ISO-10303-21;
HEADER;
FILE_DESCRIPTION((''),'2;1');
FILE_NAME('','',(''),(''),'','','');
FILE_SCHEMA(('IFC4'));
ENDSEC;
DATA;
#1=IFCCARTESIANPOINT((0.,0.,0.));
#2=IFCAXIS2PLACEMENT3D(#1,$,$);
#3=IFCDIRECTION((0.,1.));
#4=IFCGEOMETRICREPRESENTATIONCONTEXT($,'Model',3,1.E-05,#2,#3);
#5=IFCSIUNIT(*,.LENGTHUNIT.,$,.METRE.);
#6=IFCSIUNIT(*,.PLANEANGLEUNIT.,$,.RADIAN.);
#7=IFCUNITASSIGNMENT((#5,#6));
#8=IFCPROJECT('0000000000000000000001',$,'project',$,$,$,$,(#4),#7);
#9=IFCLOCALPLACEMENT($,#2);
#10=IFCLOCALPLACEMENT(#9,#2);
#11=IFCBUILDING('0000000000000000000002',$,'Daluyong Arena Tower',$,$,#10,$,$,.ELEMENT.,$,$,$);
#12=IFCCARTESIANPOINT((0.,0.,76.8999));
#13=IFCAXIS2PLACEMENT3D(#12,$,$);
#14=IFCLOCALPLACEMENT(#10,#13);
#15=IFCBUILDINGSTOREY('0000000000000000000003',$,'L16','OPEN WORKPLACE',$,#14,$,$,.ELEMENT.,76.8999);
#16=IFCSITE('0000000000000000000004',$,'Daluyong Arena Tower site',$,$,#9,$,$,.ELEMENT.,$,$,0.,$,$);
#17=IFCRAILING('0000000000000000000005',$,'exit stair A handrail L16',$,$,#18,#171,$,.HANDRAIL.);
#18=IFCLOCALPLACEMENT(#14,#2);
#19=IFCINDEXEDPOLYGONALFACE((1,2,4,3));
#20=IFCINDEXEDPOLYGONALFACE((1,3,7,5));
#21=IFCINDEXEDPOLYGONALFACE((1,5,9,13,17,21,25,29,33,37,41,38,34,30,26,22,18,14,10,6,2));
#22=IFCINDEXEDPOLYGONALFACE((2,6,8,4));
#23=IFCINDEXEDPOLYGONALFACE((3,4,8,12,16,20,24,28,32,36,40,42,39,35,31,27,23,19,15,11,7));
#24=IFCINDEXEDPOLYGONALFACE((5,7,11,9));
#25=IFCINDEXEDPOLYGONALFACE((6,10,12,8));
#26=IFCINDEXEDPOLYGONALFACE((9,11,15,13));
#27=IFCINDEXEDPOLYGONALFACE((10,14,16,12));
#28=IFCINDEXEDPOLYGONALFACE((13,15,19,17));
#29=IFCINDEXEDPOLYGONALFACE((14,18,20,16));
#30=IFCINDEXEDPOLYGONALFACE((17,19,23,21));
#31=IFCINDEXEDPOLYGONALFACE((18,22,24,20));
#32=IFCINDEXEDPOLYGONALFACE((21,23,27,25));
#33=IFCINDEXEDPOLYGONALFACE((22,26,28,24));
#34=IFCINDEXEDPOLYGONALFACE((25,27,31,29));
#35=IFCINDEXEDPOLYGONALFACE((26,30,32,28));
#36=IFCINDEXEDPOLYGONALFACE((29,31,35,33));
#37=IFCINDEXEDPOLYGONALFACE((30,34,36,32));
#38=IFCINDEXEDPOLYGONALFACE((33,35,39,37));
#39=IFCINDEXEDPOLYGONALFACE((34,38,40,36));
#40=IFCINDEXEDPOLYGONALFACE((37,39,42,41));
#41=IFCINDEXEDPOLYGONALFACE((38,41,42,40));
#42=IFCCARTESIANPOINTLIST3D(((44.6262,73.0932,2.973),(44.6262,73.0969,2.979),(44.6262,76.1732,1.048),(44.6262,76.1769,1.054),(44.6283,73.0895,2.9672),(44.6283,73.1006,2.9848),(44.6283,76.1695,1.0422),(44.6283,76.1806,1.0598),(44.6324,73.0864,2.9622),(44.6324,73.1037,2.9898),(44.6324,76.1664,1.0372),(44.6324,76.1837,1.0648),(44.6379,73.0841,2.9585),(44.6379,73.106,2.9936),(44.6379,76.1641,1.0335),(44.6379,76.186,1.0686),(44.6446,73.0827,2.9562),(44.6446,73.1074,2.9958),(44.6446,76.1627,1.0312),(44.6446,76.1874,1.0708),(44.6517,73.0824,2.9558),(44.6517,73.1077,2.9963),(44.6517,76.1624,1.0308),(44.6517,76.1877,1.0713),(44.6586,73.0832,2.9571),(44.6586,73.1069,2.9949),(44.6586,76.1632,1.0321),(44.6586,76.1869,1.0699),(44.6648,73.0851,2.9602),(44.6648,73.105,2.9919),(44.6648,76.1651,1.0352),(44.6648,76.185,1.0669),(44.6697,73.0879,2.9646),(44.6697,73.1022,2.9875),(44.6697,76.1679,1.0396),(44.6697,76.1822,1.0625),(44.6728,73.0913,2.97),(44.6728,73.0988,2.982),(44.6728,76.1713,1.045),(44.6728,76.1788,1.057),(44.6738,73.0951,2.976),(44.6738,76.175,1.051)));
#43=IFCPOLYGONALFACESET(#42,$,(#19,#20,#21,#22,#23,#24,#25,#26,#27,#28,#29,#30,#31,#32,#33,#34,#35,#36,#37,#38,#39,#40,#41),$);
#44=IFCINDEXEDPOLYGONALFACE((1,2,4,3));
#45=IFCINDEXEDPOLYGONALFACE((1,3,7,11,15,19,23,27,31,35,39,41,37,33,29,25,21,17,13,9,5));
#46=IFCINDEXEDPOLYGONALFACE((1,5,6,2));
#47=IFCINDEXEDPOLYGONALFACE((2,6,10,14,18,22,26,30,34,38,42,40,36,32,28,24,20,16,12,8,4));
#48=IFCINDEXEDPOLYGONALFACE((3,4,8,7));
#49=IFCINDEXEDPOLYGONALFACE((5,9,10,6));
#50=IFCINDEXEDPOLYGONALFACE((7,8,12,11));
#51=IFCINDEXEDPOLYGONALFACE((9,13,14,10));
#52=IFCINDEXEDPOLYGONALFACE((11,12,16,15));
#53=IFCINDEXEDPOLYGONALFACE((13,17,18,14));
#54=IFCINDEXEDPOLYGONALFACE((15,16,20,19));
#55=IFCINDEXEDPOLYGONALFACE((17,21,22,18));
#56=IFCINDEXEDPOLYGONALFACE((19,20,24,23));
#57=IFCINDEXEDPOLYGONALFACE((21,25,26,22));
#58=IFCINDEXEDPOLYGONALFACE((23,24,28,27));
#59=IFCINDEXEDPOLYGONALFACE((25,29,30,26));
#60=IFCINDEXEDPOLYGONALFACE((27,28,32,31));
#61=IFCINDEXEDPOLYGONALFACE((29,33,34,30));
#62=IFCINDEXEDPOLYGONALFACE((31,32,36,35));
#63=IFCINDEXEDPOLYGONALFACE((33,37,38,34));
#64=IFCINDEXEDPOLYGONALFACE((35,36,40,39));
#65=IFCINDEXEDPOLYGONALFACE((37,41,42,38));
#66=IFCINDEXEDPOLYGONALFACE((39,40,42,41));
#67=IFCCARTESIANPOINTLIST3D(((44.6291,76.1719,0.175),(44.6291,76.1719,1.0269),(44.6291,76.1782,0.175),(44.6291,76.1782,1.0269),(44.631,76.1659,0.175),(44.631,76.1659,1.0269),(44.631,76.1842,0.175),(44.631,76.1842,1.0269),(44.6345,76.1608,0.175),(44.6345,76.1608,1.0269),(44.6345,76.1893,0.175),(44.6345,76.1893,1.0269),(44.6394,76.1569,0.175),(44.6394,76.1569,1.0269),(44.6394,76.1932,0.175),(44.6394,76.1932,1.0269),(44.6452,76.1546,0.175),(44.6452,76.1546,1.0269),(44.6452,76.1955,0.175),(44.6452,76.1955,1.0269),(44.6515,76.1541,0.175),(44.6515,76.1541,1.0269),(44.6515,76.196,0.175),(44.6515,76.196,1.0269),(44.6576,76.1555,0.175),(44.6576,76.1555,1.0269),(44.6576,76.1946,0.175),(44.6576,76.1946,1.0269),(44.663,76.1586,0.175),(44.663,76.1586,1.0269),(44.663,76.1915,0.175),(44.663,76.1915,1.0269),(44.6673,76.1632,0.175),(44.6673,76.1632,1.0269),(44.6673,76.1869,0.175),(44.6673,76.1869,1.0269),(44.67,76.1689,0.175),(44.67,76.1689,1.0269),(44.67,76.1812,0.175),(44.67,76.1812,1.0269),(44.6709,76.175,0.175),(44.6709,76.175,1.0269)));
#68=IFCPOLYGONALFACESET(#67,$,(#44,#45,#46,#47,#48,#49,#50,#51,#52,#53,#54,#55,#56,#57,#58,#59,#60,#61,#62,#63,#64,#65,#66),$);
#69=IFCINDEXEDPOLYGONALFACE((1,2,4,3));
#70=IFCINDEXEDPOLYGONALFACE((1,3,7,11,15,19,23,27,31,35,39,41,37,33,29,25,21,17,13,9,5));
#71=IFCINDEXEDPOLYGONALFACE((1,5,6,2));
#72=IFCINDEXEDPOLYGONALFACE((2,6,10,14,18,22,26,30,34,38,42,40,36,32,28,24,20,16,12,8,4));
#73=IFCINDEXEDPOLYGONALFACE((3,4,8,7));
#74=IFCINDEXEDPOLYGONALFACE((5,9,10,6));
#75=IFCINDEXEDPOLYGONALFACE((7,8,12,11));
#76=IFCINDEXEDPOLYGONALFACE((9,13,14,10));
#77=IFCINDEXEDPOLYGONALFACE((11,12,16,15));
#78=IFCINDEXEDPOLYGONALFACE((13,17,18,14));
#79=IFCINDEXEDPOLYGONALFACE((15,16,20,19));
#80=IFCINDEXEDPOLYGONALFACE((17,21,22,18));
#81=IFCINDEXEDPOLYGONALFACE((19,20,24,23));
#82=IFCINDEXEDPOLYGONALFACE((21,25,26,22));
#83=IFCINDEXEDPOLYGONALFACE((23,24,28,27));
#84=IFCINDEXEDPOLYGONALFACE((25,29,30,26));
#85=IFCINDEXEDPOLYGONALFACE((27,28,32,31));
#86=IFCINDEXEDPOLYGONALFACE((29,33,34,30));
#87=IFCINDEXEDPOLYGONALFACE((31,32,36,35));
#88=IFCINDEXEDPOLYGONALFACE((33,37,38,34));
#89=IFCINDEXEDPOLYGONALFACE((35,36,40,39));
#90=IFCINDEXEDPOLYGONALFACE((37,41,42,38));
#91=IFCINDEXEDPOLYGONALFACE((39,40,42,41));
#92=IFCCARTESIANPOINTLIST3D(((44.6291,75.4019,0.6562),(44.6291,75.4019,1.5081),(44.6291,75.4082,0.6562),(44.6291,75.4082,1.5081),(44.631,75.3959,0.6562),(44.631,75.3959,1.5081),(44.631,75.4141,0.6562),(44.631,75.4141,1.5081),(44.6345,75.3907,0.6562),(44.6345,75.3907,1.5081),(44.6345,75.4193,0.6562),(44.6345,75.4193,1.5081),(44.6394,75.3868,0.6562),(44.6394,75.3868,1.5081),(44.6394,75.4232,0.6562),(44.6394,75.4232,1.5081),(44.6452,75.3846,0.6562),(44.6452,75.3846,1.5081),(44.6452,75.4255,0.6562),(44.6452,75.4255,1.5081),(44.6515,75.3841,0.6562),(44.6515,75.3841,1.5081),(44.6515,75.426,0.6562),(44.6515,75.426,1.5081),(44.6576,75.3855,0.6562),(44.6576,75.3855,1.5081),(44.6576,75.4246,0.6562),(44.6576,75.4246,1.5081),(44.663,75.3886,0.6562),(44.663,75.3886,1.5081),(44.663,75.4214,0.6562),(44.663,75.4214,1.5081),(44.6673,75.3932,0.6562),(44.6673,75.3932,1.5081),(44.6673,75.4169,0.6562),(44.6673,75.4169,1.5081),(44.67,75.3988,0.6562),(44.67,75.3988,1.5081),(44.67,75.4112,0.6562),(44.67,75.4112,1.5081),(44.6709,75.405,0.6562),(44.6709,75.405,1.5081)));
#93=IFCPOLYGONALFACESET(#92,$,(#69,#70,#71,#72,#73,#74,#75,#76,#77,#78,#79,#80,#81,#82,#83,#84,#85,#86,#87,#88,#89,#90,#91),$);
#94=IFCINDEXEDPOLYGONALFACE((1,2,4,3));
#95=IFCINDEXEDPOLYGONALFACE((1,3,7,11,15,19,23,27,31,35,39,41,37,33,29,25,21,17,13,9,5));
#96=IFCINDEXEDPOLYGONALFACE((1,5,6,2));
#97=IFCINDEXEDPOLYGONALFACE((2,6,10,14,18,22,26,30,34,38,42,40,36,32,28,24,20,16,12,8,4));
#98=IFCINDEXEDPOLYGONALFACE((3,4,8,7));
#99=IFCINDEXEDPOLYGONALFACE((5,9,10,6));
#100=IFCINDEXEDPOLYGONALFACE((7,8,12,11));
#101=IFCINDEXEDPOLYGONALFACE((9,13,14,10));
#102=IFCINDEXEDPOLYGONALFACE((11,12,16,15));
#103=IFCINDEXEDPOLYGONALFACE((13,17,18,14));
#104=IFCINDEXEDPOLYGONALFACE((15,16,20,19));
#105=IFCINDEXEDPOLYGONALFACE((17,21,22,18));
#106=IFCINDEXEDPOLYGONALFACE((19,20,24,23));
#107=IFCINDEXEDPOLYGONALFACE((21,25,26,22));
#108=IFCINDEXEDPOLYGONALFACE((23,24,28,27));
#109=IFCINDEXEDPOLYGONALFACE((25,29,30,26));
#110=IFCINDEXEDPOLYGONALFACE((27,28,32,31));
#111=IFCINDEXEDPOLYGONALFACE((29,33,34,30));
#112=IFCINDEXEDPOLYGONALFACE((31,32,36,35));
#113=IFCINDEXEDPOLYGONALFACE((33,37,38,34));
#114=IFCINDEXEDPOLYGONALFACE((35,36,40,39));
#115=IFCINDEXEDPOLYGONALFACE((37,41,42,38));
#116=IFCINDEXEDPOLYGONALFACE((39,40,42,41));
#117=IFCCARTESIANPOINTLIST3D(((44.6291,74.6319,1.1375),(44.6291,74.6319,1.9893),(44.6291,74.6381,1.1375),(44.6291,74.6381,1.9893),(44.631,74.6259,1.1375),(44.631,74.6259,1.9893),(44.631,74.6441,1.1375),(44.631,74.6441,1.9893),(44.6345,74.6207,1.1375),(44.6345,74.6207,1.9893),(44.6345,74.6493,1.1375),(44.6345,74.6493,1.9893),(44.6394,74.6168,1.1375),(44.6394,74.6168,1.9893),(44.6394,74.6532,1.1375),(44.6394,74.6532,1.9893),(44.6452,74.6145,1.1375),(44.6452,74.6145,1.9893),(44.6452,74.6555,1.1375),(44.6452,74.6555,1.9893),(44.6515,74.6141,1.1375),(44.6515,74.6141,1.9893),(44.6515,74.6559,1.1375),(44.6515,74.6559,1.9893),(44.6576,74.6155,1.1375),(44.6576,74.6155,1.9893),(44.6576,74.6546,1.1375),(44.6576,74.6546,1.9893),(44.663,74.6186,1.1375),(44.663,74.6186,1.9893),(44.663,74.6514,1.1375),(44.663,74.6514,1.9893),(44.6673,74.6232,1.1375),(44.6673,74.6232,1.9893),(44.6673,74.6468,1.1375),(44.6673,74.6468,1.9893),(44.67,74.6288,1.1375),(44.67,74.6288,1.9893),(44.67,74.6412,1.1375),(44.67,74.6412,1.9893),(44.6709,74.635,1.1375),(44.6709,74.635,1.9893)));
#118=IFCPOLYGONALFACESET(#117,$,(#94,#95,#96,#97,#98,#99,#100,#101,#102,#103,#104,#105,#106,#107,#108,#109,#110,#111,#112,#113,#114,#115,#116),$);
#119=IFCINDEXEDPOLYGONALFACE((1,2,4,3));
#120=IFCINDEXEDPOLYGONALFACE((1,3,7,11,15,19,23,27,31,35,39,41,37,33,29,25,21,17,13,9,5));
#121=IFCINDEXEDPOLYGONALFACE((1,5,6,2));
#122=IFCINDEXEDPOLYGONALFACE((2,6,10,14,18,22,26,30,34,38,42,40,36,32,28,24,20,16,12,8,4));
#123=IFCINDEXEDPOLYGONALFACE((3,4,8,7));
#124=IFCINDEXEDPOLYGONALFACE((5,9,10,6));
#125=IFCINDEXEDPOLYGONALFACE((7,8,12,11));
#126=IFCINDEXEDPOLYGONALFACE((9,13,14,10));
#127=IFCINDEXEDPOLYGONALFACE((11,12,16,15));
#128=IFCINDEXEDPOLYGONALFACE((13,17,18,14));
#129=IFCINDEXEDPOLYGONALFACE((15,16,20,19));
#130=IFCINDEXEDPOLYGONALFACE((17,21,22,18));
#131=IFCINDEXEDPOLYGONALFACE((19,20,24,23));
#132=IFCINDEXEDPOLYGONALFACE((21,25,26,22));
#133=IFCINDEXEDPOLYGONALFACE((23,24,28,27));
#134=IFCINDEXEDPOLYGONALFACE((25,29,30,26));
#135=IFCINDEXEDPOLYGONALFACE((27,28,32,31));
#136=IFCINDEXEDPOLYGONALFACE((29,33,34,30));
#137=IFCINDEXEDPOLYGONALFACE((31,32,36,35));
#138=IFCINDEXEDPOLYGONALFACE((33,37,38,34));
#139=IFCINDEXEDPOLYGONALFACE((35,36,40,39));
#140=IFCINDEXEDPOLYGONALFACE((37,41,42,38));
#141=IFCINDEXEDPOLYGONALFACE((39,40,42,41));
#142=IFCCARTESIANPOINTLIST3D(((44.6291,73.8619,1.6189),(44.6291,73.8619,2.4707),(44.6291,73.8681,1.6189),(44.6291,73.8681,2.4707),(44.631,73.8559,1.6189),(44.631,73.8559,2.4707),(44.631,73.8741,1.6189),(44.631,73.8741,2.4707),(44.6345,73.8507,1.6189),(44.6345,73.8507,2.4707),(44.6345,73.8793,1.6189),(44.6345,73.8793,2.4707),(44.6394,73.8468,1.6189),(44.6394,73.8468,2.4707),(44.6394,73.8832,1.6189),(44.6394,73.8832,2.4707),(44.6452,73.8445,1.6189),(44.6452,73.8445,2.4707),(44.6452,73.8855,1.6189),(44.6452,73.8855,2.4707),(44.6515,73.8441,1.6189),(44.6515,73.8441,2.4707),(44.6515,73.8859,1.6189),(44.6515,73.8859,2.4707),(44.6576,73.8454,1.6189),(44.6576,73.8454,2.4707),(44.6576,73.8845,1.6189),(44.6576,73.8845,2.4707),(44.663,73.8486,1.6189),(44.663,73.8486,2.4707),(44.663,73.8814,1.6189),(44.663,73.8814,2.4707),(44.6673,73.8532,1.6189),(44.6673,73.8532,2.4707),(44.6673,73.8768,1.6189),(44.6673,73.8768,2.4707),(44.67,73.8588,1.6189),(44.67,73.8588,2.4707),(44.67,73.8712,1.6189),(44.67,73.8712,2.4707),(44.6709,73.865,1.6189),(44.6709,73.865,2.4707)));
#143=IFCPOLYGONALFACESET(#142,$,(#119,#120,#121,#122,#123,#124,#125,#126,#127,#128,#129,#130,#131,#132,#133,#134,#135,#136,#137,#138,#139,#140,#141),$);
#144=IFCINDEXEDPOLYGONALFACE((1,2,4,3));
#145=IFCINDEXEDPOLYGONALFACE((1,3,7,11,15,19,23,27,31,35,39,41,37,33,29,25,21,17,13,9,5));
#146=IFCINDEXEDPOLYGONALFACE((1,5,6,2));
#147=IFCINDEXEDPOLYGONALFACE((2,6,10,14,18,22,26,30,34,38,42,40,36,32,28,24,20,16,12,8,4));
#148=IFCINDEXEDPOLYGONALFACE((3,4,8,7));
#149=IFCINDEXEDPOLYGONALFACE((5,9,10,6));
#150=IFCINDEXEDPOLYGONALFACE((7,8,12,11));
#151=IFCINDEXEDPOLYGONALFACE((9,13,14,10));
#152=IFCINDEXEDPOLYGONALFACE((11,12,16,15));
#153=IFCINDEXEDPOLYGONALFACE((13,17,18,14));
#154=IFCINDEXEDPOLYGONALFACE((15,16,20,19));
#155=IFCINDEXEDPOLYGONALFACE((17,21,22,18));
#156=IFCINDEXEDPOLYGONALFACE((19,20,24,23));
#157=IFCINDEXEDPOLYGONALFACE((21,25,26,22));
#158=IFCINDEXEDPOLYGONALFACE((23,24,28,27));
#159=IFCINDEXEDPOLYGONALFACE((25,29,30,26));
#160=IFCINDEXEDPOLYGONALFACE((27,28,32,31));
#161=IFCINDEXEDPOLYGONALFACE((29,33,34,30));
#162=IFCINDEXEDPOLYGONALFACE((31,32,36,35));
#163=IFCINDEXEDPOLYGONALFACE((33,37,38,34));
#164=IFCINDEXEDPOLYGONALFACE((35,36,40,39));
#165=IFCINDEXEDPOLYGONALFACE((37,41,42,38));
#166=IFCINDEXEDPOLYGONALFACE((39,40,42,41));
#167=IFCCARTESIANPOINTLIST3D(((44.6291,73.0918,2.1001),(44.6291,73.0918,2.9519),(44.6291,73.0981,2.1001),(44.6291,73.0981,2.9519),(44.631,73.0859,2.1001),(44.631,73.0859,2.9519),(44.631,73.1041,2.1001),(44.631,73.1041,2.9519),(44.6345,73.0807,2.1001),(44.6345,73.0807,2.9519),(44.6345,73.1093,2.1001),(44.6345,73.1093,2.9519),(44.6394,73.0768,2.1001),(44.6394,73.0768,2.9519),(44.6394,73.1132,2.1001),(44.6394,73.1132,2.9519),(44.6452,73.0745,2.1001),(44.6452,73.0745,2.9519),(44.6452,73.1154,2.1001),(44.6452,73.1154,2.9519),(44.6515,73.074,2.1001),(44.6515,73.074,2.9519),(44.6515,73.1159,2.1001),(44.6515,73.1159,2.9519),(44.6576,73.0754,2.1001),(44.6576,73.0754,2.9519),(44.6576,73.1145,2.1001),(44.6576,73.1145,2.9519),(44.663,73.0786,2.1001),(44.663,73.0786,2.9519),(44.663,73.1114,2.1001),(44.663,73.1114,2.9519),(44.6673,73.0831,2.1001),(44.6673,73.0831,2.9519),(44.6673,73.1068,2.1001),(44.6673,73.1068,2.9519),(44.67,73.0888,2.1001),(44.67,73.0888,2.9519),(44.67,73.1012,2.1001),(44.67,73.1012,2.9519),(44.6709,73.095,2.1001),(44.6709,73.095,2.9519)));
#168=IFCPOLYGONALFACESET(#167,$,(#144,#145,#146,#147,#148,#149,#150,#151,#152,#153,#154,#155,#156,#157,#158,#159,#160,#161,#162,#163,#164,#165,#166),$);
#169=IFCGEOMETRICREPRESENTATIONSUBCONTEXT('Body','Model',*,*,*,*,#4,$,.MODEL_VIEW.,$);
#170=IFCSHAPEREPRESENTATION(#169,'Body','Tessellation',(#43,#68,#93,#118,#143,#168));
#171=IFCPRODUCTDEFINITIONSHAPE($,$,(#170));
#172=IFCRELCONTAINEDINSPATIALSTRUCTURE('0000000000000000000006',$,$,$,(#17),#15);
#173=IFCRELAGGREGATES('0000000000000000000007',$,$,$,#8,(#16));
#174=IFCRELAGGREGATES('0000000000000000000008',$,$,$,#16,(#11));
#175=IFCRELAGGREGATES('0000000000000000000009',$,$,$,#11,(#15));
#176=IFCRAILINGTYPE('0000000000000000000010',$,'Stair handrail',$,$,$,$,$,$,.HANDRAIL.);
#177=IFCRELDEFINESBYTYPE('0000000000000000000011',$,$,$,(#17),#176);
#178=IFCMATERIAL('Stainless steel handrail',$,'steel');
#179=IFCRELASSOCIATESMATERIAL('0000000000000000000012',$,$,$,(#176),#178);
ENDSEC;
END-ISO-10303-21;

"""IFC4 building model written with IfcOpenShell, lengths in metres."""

from ifc_helpers import new_model, si_unit, direction, frame, origin, origin_2d, place, context, subcontext, project, spatial, circle, extrude, material, type_object, element, save


model = new_model("IFC4")

# Units and contexts
model_context = context("Model", 3, precision=1e-05, world=origin(), true_north=direction((0.0, 1.0)))
body_context = subcontext(model_context, "Body", "Model", "MODEL_VIEW")
ifc_project = project(units=[si_unit("LENGTHUNIT", "METRE"), si_unit("PLANEANGLEUNIT", "RADIAN")], contexts=[model_context])

# Site, building, storey
site_placement = place(None, origin())
site = spatial("IfcSite", under=ifc_project, at=site_placement, Name="Daluyong Arena Tower site", CompositionType="ELEMENT", RefElevation=0.0)
building_placement = place(site_placement, origin())
building = spatial("IfcBuilding", under=site, at=building_placement, Name="Daluyong Arena Tower", CompositionType="ELEMENT")
storey_placement = place(building_placement, frame((0.0, 0.0, 76.8999)))
storey = spatial("IfcBuildingStorey", under=building, at=storey_placement, Name="L16", Description="OPEN WORKPLACE", CompositionType="ELEMENT", Elevation=76.8999)

# Railing
ifc_material_1 = material(Name="Stainless steel handrail", Category="steel")
railing_type_1 = type_object("IfcRailingType", Name="Stair handrail", PredefinedType="HANDRAIL", material=ifc_material_1)
railing_1_placement = place(storey_placement, frame((44.6499, 76.175, 0.175)))
element("IfcRailing", 1, at=railing_1_placement, inside=storey, type_object=railing_type_1, Name="exit stair A handrail L16", PredefinedType="HANDRAIL", context=body_context, shape_type="SweptSolid", body=[
    extrude(circle(Radius=0.0239, at=origin_2d()), frame((0.0, 0.0, 0.876), z_axis=(0.0, -0.847998, 0.529999), x_axis=(1.0, 0.0, 0.0)), (0.0, 0.0, 1.0), 3.6321),
    extrude(circle(Radius=0.021, at=origin_2d()), origin(), (0.0, 0.0, 1.0), 0.8518),
    extrude(circle(Radius=0.021, at=origin_2d()), frame((0.0, -0.77, 0.4812)), (0.0, 0.0, 1.0), 0.8518),
    extrude(circle(Radius=0.021, at=origin_2d()), frame((0.0, -1.54, 0.9624)), (0.0, 0.0, 1.0), 0.8518),
    extrude(circle(Radius=0.021, at=origin_2d()), frame((0.0, -2.3101, 1.4438)), (0.0, 0.0, 1.0), 0.8518),
    extrude(circle(Radius=0.021, at=origin_2d()), frame((0.0, -3.0801, 1.925)), (0.0, 0.0, 1.0), 0.8518),
])

save(model, "model.ifc")
